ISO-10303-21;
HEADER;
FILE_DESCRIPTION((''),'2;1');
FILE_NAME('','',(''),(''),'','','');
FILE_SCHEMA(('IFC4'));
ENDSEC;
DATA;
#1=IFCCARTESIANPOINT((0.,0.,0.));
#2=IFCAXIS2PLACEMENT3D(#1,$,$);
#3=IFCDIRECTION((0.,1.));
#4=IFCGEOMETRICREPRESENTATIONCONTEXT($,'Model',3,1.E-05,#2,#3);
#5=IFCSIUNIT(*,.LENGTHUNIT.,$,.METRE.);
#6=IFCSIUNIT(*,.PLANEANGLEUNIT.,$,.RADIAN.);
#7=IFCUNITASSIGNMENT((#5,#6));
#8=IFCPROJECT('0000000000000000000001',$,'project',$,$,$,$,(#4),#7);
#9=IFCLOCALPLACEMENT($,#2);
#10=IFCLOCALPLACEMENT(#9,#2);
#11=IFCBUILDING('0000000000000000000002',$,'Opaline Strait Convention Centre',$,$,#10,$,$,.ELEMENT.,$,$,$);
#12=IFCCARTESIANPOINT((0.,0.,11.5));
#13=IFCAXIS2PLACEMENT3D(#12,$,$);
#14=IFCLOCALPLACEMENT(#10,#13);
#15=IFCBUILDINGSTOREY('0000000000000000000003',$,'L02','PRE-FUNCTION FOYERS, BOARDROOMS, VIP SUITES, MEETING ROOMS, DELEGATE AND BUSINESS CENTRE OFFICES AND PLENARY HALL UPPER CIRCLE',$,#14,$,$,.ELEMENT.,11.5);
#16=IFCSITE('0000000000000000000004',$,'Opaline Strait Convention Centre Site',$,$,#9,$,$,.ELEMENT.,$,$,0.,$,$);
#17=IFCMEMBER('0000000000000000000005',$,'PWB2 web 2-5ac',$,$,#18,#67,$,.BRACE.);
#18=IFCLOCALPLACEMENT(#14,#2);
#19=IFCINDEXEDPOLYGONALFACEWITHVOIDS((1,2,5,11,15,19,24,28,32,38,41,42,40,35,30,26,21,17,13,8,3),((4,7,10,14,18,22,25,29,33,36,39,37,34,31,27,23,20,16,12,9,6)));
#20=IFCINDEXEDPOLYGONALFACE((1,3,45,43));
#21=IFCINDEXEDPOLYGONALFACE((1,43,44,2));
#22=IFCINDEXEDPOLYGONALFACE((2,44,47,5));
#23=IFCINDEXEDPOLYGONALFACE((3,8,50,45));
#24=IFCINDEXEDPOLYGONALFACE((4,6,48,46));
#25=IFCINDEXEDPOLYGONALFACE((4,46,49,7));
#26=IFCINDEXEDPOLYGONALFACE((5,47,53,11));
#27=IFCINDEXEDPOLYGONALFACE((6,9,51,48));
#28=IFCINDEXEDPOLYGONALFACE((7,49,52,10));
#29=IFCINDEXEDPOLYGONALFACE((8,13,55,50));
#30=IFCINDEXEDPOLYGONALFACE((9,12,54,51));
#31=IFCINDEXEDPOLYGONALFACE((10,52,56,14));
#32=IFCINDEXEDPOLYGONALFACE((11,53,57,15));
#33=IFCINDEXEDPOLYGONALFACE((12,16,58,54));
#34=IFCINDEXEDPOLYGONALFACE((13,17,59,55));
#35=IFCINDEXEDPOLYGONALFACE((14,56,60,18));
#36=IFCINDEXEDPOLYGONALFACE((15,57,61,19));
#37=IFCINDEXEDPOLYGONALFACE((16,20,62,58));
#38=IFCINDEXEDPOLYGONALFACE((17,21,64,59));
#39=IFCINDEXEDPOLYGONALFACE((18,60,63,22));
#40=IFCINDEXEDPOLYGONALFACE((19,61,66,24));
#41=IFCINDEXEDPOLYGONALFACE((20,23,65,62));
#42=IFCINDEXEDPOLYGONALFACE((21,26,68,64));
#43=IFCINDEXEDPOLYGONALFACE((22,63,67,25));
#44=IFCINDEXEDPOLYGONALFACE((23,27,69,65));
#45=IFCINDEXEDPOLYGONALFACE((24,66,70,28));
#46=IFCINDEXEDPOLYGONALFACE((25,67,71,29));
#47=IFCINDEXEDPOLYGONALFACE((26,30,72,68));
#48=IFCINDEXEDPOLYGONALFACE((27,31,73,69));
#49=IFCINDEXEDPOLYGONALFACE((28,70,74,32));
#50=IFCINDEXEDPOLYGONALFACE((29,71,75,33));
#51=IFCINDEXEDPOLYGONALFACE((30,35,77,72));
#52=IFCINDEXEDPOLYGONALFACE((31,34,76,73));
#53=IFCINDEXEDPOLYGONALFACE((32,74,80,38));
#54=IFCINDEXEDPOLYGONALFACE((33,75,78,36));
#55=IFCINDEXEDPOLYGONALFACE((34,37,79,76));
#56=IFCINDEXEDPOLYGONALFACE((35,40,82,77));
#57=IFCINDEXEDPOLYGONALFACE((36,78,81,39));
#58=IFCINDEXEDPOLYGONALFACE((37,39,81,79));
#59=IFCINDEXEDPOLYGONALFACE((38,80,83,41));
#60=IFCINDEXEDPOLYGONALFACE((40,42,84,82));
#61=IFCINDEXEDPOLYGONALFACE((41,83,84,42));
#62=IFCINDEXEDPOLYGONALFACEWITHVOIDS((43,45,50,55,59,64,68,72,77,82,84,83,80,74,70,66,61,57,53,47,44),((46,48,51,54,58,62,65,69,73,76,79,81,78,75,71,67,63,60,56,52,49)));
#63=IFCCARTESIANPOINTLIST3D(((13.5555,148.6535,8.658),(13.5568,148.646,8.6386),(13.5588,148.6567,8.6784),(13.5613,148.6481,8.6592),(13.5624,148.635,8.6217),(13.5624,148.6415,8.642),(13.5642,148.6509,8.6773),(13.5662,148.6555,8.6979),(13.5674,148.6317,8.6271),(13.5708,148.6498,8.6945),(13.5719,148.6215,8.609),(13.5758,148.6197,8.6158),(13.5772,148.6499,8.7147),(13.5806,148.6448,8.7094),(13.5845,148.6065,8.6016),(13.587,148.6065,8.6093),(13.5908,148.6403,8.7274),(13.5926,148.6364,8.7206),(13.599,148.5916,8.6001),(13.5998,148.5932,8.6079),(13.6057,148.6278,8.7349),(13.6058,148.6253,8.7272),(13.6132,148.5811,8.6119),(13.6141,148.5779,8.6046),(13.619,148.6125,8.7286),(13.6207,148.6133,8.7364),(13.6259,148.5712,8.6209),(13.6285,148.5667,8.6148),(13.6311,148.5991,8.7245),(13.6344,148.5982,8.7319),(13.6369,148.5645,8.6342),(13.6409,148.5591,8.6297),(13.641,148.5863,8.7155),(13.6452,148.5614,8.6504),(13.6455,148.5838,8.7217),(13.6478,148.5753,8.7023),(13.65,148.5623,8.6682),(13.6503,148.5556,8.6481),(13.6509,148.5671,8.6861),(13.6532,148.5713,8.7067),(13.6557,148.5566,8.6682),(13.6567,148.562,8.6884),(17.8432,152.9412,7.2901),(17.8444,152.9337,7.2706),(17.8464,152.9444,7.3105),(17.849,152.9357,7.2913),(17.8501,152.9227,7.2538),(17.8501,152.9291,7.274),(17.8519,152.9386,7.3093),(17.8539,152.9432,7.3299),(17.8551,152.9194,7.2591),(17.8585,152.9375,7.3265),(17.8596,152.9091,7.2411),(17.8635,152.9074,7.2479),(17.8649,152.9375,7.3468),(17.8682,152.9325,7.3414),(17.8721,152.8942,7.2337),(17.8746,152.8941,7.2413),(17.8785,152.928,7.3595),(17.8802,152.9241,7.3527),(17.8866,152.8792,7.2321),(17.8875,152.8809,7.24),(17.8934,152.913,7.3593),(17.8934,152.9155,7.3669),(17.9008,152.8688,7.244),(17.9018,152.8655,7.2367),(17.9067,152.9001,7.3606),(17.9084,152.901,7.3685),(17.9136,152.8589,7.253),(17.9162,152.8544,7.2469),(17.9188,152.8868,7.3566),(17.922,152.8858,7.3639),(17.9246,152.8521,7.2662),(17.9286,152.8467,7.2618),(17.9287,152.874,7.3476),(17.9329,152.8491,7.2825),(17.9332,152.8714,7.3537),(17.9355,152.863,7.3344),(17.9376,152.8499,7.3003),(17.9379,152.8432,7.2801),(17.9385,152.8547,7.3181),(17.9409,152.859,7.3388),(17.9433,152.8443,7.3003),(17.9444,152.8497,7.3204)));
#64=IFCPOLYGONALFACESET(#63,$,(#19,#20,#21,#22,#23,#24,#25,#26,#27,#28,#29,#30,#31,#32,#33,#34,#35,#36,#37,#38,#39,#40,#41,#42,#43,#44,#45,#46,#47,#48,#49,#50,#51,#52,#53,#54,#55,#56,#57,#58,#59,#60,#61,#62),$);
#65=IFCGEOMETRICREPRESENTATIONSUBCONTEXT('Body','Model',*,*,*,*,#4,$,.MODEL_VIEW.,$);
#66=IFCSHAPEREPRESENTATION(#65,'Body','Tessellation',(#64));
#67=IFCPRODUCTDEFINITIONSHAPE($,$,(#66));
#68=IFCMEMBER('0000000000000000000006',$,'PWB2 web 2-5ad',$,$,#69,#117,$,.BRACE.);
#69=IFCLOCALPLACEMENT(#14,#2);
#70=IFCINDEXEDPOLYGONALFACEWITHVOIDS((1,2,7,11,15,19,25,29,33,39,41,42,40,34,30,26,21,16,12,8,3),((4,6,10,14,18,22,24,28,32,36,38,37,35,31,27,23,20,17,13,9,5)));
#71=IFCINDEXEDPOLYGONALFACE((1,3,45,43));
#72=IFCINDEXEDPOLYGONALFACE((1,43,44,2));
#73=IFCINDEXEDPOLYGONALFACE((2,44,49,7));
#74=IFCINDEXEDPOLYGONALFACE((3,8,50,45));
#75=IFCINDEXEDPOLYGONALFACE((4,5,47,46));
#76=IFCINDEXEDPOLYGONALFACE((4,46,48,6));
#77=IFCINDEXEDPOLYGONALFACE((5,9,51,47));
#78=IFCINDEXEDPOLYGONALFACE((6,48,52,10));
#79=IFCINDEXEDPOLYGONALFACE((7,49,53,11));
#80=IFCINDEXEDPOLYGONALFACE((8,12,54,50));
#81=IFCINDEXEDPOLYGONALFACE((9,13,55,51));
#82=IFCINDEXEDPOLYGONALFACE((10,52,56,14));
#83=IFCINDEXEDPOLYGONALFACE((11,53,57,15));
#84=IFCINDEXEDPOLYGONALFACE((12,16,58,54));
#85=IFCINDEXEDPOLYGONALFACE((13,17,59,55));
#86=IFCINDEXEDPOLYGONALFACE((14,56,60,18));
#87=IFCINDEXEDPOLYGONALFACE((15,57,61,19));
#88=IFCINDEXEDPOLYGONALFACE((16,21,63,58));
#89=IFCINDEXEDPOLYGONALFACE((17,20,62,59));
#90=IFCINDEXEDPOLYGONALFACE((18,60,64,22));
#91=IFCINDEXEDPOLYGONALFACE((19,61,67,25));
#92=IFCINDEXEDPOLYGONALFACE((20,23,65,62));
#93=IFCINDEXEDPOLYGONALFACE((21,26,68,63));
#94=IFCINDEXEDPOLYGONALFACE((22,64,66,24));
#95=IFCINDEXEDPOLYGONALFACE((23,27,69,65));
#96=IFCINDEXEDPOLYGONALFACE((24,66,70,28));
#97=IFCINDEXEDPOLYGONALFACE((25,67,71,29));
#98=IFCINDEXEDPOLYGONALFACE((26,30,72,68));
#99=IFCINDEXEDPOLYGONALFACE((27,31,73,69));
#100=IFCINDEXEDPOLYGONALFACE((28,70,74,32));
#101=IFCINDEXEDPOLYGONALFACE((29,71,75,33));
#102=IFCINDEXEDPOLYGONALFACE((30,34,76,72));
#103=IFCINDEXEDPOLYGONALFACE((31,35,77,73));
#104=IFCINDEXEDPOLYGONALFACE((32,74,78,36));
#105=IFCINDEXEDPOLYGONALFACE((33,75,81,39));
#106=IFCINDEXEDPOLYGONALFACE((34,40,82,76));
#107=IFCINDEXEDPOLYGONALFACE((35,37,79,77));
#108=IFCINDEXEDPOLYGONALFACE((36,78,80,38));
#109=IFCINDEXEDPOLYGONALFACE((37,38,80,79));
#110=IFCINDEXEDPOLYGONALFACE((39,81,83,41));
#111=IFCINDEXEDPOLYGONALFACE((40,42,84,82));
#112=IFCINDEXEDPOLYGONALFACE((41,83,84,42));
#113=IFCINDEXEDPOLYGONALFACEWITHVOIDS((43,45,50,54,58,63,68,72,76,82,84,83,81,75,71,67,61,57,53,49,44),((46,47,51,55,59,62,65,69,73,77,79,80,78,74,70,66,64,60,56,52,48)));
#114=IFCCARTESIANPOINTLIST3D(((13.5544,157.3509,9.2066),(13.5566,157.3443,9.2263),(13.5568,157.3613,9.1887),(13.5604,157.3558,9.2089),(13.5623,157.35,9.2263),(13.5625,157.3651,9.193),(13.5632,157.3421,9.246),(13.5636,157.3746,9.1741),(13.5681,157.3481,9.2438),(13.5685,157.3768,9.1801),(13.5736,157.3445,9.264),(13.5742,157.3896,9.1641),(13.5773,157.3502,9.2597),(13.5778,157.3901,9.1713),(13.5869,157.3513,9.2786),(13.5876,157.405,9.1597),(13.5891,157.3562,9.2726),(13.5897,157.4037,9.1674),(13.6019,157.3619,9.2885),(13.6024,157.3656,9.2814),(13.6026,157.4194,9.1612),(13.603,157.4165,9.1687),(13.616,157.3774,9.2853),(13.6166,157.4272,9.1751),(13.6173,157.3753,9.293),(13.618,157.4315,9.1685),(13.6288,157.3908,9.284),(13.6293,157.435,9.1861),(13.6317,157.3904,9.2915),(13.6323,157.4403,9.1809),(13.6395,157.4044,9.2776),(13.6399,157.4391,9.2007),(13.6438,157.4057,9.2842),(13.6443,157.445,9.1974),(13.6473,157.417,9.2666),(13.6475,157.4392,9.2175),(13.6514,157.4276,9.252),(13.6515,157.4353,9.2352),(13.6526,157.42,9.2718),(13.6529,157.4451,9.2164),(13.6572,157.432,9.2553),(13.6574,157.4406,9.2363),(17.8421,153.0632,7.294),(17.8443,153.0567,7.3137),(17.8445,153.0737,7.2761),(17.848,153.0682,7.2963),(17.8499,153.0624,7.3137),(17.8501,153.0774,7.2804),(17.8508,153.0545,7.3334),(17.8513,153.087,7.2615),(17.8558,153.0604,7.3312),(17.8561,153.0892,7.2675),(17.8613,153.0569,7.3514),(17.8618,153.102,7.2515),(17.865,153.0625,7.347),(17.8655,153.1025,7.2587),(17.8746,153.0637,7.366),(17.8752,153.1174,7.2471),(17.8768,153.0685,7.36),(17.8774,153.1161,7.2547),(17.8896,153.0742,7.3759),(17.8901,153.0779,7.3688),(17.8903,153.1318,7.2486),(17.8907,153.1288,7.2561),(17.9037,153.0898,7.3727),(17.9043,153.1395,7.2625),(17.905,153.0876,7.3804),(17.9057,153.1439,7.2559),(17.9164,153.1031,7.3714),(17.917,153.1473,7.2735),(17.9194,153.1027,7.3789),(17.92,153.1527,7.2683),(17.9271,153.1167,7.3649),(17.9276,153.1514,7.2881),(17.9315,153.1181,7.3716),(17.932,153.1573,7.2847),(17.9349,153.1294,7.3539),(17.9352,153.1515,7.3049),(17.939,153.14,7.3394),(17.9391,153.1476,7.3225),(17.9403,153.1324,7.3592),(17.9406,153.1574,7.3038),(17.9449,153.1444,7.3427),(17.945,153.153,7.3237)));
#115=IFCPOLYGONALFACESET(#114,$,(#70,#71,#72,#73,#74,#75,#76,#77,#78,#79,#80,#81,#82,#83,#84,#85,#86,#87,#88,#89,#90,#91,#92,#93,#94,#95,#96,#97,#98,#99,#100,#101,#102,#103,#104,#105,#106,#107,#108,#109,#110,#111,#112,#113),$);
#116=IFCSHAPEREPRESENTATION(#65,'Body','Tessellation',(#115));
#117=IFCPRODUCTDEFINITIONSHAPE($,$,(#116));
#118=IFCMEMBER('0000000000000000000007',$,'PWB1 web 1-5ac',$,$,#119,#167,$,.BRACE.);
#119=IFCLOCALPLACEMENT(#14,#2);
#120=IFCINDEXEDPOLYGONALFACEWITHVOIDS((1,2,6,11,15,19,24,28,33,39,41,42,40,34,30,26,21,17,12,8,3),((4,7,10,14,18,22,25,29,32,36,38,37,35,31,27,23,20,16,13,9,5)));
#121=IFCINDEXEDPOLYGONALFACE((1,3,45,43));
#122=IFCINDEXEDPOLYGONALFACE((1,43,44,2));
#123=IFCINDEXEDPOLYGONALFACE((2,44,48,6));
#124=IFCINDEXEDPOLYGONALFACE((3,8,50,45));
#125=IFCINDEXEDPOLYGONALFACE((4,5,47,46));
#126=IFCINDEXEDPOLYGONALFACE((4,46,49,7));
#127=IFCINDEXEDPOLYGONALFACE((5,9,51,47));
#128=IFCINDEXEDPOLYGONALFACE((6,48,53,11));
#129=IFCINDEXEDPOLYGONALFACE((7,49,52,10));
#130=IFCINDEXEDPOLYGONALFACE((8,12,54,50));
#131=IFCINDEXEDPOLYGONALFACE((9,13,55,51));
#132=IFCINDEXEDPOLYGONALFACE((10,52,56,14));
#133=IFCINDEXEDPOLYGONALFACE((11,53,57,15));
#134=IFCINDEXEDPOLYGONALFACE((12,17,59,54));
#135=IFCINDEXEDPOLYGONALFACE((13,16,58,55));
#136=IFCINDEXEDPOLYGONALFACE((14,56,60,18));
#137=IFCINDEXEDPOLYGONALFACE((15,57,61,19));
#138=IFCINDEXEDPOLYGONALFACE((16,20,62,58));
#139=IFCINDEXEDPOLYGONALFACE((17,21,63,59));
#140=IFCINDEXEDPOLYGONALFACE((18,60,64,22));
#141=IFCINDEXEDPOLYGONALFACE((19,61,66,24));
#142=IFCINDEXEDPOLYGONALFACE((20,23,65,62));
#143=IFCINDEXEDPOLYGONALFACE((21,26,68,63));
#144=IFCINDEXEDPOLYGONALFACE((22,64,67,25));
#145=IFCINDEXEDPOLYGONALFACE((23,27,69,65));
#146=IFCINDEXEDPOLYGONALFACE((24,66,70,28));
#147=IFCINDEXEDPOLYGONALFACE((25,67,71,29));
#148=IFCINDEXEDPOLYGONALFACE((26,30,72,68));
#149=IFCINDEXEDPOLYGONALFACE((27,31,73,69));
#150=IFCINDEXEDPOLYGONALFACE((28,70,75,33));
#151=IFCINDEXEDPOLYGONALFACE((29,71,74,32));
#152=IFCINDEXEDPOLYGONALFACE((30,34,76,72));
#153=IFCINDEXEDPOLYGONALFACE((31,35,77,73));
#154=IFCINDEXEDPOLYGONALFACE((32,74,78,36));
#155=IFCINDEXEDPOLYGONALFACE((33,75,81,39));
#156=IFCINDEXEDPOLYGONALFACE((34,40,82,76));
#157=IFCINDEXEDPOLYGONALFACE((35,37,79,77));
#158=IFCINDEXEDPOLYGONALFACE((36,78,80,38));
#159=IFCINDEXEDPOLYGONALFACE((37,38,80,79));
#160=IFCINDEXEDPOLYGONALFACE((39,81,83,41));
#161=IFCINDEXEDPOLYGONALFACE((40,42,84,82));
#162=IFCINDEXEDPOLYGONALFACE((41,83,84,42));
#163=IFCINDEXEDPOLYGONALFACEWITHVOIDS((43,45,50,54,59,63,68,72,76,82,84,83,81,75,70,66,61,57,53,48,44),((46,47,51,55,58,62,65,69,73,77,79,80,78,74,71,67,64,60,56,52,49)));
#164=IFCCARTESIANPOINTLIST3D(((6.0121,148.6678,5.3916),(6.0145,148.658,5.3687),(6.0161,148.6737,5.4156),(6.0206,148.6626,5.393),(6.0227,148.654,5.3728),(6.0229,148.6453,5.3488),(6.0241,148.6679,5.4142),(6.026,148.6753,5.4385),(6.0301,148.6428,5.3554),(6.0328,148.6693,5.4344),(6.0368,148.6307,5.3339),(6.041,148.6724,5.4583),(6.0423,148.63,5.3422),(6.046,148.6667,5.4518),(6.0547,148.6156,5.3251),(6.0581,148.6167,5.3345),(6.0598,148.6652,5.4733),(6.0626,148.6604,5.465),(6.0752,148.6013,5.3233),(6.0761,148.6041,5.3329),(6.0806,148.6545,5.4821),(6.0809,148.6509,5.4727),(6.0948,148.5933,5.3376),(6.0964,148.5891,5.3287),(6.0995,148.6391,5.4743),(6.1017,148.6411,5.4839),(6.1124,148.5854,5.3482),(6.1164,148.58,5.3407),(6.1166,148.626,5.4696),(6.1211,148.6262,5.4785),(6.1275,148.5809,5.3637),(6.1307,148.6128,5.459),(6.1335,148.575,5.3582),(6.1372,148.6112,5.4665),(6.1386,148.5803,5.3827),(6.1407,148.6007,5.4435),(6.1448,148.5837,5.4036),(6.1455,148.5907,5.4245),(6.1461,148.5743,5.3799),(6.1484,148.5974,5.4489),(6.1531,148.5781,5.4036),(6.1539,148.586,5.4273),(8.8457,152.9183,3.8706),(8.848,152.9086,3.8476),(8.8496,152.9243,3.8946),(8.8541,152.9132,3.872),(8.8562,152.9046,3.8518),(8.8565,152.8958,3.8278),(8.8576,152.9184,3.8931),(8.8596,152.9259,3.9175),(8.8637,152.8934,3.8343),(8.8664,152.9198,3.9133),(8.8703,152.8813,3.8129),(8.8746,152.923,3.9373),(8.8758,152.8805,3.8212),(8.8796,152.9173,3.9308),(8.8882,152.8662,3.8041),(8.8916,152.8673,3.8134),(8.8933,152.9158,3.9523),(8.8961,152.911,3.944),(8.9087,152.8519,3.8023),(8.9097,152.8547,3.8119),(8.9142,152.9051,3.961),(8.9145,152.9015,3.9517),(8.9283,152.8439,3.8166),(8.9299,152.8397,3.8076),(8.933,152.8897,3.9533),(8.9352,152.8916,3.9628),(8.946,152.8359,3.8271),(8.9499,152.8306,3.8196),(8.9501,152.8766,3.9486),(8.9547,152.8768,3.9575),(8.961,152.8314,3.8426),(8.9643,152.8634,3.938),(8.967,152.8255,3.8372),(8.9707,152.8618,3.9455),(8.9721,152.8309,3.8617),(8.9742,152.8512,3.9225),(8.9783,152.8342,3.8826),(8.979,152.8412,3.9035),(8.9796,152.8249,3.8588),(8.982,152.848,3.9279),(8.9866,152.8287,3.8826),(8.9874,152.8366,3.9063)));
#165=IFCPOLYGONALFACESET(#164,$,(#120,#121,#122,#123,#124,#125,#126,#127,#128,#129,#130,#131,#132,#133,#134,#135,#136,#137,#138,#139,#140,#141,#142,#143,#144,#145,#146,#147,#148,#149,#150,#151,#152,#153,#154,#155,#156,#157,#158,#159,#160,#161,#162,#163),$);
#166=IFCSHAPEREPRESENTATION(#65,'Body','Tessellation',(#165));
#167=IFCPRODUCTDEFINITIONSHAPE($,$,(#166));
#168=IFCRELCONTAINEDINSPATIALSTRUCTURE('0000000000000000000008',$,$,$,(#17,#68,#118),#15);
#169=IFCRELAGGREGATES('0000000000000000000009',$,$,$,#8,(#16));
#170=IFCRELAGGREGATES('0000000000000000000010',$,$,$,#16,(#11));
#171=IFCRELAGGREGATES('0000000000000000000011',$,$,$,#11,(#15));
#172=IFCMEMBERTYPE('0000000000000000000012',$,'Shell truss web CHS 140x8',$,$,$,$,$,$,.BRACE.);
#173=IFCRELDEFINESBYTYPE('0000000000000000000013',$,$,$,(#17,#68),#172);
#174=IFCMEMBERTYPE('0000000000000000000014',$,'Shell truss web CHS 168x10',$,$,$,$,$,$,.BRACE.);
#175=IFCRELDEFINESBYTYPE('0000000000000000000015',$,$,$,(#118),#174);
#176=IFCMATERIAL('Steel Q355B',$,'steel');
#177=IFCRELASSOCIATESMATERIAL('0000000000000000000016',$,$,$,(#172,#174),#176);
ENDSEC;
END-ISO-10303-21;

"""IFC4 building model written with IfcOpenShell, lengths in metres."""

from ifc_helpers import new_model, si_unit, direction, frame, origin, origin_2d, place, context, subcontext, project, spatial, hollow_circle, extrude, material, material_profile, profile_set, type_object, element, save


model = new_model("IFC4")

# Units and contexts
model_context = context("Model", 3, precision=1e-05, world=origin(), true_north=direction((0.0, 1.0)))
body_context = subcontext(model_context, "Body", "Model", "MODEL_VIEW")
ifc_project = project(units=[si_unit("LENGTHUNIT", "METRE"), si_unit("PLANEANGLEUNIT", "RADIAN")], contexts=[model_context])

# Site, building, storey
site_placement = place(None, origin())
site = spatial("IfcSite", under=ifc_project, at=site_placement, Name="Opaline Strait Convention Centre Site", CompositionType="ELEMENT", RefElevation=0.0)
building_placement = place(site_placement, origin())
building = spatial("IfcBuilding", under=site, at=building_placement, Name="Opaline Strait Convention Centre", CompositionType="ELEMENT")
storey_placement = place(building_placement, frame((0.0, 0.0, 11.5)))
storey = spatial("IfcBuildingStorey", under=building, at=storey_placement, Name="L02", Description="PRE-FUNCTION FOYERS, BOARDROOMS, VIP SUITES, MEETING ROOMS, DELEGATE AND BUSINESS CENTRE OFFICES AND PLENARY HALL UPPER CIRCLE", CompositionType="ELEMENT", Elevation=11.5)

# Members
ifc_material_1 = material(Name="Steel Q355B", Category="steel")
ifc_material_profile_1 = material_profile(ifc_material_1, hollow_circle(Radius=0.0701, WallThickness=0.0081, at=origin_2d()), Name="CHS 140x8")
ifc_profile_set_1 = profile_set([ifc_material_profile_1], Name="Steel Q355B")
member_type_1 = type_object("IfcMemberType", Name="Shell truss web CHS 140x8", PredefinedType="BRACE", material=ifc_profile_set_1)
member_1_placement = place(storey_placement, frame((17.8938, 152.8938, 7.3003), z_axis=(-0.689772, -0.689772, 0.220066), x_axis=(0.707107, -0.707107, 0.0)))
element("IfcMember", 1, at=member_1_placement, inside=storey, type_object=member_type_1, Name="PWB2 web 2-5ac", PredefinedType="BRACE", context=body_context, shape_type="SweptSolid", body=[
    extrude(hollow_circle(Radius=0.0701, WallThickness=0.0081, at=origin_2d()), origin(), (0.0, 0.0, 1.0), 6.2161),
])
member_2_placement = place(storey_placement, frame((17.8938, 153.1062, 7.3137), z_axis=(-0.674356, 0.674356, 0.300814), x_axis=(-0.707107, -0.707107, 0.0)))
element("IfcMember", 2, at=member_2_placement, inside=storey, type_object=member_type_1, Name="PWB2 web 2-5ad", PredefinedType="BRACE", context=body_context, shape_type="SweptSolid", body=[
    extrude(hollow_circle(Radius=0.0701, WallThickness=0.0081, at=origin_2d()), origin(), (0.0, 0.0, 1.0), 6.3582),
])
ifc_material_profile_2 = material_profile(ifc_material_1, hollow_circle(Radius=0.084, WallThickness=0.01, at=origin_2d()), Name="CHS 168x10")
ifc_profile_set_2 = profile_set([ifc_material_profile_2], Name="Steel Q355B")
member_type_2 = type_object("IfcMemberType", Name="Shell truss web CHS 168x10", PredefinedType="BRACE", material=ifc_profile_set_2)
member_3_placement = place(storey_placement, frame((8.9167, 152.8752, 3.8826), z_axis=(-0.531614, -0.797467, 0.285366), x_axis=(0.832065, -0.554678, 0.0)))
element("IfcMember", 3, at=member_3_placement, inside=storey, type_object=member_type_2, Name="PWB1 web 1-5ac", PredefinedType="BRACE", context=body_context, shape_type="SweptSolid", body=[
    extrude(hollow_circle(Radius=0.084, WallThickness=0.01, at=origin_2d()), origin(), (0.0, 0.0, 1.0), 5.3301),
])

save(model, "model.ifc")
